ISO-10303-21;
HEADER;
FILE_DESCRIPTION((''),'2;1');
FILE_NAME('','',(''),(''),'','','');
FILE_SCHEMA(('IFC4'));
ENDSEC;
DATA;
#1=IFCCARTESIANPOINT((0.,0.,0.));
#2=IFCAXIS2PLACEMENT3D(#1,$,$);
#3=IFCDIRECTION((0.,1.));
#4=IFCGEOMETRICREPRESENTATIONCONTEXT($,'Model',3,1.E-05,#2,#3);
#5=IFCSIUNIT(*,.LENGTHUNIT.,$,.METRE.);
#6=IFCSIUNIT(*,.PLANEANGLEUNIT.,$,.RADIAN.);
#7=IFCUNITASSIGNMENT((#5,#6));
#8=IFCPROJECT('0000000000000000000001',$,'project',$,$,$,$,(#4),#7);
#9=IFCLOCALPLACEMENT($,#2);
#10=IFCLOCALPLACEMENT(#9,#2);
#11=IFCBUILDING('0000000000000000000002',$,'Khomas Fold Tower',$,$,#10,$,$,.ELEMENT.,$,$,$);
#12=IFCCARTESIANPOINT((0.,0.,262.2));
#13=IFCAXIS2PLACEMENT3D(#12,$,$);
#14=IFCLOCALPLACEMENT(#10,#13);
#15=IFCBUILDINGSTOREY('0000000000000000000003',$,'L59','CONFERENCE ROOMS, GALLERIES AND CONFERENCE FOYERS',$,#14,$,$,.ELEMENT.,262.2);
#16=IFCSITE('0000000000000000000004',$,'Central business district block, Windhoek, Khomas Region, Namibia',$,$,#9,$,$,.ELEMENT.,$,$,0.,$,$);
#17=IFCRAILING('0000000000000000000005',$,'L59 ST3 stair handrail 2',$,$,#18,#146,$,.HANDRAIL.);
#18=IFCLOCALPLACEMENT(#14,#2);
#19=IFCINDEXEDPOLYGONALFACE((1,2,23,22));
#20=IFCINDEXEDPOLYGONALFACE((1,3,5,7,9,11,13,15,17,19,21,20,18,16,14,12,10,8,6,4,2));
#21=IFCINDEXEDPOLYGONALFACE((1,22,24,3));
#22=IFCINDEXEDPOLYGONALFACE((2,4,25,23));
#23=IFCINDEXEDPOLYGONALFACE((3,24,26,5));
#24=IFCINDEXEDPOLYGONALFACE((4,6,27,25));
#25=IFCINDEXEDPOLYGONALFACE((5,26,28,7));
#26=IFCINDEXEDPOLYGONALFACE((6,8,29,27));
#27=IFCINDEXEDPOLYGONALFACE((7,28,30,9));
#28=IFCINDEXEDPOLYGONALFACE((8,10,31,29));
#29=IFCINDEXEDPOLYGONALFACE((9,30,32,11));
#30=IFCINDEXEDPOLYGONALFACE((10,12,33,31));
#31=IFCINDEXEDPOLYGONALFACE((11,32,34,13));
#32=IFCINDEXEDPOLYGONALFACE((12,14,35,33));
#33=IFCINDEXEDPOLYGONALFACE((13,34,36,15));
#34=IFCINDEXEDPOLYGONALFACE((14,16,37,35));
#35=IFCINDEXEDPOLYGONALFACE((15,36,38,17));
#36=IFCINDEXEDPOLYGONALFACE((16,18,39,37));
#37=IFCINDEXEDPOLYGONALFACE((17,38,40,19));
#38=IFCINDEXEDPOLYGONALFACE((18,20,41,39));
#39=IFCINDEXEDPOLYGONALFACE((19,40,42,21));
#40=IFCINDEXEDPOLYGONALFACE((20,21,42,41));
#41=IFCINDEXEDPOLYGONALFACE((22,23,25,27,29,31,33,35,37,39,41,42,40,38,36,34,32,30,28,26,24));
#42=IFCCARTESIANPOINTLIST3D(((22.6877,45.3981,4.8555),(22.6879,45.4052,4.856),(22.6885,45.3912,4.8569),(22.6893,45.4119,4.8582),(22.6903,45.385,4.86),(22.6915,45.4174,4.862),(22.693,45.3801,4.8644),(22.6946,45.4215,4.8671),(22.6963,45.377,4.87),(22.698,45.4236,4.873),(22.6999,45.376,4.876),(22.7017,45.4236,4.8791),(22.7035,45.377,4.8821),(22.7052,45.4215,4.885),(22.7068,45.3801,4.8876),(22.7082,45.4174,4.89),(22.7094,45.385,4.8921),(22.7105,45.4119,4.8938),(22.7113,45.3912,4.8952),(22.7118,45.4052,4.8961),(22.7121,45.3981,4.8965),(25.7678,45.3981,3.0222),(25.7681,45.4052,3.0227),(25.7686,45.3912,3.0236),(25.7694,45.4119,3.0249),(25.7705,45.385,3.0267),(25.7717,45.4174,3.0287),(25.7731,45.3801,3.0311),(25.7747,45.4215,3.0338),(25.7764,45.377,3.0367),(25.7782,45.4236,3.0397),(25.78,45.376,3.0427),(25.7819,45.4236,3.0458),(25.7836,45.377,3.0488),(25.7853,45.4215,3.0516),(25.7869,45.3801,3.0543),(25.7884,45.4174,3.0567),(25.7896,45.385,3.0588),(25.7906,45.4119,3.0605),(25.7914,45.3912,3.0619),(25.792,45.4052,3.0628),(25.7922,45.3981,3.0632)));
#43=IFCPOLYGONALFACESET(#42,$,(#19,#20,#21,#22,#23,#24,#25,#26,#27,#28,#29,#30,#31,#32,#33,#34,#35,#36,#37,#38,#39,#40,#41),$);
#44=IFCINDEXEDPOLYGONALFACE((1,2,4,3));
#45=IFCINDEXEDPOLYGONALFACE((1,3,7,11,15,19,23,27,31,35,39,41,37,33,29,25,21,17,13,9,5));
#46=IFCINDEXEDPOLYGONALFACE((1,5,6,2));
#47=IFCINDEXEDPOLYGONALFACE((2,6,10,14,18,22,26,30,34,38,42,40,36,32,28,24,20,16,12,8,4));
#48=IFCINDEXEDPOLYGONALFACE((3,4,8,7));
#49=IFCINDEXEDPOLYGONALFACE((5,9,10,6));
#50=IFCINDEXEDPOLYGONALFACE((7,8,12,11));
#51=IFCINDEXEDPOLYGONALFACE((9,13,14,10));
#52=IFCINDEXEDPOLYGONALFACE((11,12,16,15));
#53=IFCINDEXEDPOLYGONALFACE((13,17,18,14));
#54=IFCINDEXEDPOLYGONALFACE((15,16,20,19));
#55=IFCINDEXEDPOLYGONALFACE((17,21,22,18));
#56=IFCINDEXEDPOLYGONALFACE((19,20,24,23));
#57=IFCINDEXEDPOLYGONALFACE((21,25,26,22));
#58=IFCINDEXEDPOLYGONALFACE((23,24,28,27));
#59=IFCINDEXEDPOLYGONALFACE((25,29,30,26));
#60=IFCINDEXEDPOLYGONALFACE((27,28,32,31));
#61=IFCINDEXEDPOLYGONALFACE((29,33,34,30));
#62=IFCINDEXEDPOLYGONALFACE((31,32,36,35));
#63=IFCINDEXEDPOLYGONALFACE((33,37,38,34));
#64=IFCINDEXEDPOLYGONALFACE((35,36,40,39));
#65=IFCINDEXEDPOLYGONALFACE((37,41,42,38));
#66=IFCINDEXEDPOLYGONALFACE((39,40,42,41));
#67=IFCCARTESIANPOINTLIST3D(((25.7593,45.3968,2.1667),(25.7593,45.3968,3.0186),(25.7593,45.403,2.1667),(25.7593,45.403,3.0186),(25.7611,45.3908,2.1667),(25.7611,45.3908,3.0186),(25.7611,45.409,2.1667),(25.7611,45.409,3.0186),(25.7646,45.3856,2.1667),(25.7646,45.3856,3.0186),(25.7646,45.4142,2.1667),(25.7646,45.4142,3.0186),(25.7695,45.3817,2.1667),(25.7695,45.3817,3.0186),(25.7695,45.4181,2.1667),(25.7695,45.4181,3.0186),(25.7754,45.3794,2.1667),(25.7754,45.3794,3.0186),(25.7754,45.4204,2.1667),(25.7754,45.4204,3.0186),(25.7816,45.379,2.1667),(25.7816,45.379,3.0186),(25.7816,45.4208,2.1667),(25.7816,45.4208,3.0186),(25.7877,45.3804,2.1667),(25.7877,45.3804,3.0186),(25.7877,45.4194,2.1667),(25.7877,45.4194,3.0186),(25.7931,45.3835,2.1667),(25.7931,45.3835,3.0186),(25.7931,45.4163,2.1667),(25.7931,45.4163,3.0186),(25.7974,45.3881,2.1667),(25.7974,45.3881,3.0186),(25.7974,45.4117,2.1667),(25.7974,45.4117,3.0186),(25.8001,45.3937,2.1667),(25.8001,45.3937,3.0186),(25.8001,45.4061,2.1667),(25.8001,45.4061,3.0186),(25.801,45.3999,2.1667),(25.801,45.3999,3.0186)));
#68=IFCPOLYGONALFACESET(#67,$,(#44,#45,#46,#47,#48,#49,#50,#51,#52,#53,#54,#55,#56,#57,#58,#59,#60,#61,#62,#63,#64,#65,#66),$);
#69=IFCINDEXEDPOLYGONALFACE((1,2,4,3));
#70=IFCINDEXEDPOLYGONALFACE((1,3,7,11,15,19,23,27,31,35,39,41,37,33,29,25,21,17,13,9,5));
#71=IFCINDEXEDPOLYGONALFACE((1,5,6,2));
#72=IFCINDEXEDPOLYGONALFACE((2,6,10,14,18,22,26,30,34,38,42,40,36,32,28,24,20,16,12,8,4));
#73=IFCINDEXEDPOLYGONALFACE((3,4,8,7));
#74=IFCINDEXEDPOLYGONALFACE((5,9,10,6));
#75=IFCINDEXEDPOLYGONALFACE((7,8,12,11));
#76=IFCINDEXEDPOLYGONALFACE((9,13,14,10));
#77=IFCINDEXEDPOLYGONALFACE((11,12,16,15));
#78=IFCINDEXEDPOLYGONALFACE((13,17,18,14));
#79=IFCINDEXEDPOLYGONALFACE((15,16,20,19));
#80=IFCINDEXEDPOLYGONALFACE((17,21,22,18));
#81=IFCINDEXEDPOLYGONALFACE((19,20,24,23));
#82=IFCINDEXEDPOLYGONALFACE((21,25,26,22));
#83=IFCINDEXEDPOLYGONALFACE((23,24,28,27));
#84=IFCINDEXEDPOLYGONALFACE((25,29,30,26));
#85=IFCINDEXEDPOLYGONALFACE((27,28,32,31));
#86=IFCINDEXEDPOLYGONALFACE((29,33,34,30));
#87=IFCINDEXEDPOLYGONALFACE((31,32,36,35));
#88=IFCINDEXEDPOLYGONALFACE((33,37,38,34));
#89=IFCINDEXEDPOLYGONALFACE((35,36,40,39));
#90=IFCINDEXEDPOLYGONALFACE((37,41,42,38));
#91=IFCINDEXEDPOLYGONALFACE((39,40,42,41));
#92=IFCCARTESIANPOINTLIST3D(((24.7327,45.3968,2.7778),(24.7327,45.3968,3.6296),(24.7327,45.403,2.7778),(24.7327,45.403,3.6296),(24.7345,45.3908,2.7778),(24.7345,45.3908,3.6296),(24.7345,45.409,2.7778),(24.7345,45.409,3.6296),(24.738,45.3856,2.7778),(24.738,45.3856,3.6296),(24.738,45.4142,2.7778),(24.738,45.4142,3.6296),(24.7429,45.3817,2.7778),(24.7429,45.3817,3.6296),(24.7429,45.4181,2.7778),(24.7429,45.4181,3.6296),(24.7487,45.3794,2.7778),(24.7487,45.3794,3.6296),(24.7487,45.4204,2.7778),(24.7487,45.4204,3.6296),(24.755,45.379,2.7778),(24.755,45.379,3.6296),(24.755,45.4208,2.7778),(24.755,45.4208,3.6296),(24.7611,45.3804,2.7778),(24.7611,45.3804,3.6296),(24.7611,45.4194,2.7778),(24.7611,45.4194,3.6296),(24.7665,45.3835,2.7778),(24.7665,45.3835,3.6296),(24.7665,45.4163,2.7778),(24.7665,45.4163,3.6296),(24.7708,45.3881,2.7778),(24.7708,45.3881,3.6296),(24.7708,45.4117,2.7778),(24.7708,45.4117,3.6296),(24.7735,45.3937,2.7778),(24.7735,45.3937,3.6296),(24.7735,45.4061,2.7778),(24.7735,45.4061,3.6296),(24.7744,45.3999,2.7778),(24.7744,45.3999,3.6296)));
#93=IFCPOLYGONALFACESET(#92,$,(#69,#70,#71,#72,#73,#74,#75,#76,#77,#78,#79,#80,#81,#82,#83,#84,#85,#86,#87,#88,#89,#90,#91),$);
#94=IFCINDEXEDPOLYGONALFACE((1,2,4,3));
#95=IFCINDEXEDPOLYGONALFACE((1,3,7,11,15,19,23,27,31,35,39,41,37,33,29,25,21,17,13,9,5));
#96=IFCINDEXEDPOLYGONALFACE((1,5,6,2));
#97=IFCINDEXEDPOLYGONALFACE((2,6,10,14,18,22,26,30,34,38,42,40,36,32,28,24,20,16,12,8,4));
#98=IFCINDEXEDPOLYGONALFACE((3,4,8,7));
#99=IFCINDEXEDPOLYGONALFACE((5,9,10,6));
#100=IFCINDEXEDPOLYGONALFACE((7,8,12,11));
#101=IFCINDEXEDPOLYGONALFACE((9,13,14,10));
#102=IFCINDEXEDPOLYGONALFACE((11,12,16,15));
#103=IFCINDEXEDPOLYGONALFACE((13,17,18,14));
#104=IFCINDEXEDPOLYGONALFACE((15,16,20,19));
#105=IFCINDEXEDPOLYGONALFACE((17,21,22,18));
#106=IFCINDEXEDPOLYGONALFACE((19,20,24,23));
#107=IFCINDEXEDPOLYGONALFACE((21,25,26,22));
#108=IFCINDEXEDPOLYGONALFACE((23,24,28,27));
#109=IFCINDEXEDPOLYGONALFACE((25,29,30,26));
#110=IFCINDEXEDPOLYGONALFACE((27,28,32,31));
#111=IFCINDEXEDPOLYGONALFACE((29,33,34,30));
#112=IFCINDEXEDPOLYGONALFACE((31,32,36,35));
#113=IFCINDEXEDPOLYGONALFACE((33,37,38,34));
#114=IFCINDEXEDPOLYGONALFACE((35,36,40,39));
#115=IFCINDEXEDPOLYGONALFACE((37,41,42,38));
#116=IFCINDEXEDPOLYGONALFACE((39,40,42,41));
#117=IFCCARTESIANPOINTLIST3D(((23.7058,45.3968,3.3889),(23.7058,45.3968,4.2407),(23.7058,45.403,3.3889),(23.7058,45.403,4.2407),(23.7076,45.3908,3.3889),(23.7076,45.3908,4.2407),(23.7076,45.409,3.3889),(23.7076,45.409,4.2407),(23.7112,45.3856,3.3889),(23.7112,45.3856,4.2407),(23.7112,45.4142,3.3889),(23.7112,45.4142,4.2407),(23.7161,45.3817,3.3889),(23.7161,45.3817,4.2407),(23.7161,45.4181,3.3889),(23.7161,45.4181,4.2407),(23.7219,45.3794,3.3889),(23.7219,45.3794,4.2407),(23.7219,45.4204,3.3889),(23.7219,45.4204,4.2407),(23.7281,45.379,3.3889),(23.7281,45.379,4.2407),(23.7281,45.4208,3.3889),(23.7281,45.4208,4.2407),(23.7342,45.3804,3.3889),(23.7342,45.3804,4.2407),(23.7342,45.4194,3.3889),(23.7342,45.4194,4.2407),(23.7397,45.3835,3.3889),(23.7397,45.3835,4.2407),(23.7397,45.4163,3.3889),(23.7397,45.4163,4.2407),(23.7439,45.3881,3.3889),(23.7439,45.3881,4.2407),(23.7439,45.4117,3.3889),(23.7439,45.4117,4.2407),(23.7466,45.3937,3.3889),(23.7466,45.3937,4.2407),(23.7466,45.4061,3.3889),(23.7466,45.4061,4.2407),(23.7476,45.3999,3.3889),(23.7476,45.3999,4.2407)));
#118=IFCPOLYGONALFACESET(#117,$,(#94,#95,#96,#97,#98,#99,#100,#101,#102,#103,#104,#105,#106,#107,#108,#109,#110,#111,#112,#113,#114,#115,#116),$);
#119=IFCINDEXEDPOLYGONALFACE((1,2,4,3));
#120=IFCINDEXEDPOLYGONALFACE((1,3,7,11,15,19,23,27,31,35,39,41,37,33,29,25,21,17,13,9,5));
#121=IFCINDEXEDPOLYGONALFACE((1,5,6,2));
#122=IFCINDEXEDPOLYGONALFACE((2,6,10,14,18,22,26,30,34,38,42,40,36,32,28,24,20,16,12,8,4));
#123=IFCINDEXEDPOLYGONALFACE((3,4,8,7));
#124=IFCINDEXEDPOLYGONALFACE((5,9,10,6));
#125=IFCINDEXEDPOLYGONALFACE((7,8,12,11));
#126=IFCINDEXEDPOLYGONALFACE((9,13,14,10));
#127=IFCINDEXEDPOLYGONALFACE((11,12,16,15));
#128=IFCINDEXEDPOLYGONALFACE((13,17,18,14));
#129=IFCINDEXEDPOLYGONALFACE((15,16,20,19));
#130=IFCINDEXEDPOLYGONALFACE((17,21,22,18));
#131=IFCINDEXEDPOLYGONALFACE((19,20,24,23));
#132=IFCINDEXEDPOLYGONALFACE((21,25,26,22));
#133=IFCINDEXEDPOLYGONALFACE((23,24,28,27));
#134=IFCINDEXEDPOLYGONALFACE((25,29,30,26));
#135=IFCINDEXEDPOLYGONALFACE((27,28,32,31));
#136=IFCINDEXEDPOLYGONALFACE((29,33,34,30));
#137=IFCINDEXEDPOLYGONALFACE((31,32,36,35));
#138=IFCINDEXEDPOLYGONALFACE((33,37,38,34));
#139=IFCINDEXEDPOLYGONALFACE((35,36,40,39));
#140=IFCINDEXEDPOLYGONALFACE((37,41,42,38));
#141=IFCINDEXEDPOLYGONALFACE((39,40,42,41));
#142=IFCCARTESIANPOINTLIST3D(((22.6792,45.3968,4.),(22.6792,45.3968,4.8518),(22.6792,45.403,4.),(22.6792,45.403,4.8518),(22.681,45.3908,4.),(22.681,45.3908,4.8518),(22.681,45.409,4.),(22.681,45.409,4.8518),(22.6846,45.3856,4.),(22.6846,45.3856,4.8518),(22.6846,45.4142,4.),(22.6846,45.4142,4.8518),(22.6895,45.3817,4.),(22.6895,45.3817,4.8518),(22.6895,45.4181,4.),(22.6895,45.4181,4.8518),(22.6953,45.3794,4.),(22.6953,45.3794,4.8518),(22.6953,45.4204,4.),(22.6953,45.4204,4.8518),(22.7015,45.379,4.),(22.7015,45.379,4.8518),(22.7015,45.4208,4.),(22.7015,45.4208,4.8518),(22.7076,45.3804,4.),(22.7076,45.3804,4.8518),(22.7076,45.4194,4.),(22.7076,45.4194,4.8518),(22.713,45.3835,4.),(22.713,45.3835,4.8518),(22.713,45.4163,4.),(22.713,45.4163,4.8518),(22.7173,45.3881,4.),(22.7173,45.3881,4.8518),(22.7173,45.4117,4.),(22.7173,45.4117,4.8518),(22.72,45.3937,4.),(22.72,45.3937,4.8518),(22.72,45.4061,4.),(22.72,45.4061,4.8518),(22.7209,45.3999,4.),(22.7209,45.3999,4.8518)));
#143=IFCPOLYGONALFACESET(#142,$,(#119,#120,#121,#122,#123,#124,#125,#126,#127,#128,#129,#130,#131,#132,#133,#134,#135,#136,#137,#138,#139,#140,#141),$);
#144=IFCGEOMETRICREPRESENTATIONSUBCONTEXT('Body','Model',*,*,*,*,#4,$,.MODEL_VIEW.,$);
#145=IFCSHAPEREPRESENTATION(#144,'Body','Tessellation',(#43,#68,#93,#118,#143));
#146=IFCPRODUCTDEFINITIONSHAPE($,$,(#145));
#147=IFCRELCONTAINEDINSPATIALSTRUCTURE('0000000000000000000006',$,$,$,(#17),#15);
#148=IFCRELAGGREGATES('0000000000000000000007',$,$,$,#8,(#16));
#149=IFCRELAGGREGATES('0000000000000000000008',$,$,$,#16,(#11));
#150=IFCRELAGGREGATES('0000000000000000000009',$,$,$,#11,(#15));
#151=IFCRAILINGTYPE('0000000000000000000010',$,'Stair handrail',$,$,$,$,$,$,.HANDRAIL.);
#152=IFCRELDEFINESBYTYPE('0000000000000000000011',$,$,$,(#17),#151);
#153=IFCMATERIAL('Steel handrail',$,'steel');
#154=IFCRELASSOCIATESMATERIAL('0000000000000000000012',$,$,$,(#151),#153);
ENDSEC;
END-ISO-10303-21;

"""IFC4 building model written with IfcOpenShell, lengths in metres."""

from ifc_helpers import new_model, si_unit, direction, frame, origin, origin_2d, place, context, subcontext, project, spatial, circle, extrude, source, transform, mapped, material, type_object, element, save


model = new_model("IFC4")

# Units and contexts
model_context = context("Model", 3, precision=1e-05, world=origin(), true_north=direction((0.0, 1.0)))
body_context = subcontext(model_context, "Body", "Model", "MODEL_VIEW")
ifc_project = project(units=[si_unit("LENGTHUNIT", "METRE"), si_unit("PLANEANGLEUNIT", "RADIAN")], contexts=[model_context])

# Site, building, storey
site_placement = place(None, origin())
site = spatial("IfcSite", under=ifc_project, at=site_placement, Name="Central business district block, Windhoek, Khomas Region, Namibia", CompositionType="ELEMENT", RefElevation=0.0)
building_placement = place(site_placement, origin())
building = spatial("IfcBuilding", under=site, at=building_placement, Name="Khomas Fold Tower", CompositionType="ELEMENT")
storey_placement = place(building_placement, frame((0.0, 0.0, 262.2)))
storey = spatial("IfcBuildingStorey", under=building, at=storey_placement, Name="L59", Description="CONFERENCE ROOMS, GALLERIES AND CONFERENCE FOYERS", CompositionType="ELEMENT", Elevation=262.2)

# Railing
ifc_material_1 = material(Name="Steel handrail", Category="steel")
railing_type_1 = type_object("IfcRailingType", Name="Stair handrail", PredefinedType="HANDRAIL", material=ifc_material_1)
shared_shape_1 = source(origin(), body_context, "Body", "SweptSolid", [
    extrude(circle(Radius=0.0239, at=origin_2d()), frame((0.0, 0.0, 0.876), z_axis=(-0.859309, 0.0, 0.511458), x_axis=(0.0, -1.0, 0.0)), (0.0, 0.0, 1.0), 3.5845),
    extrude(circle(Radius=0.021, at=origin_2d()), origin(), (0.0, 0.0, 1.0), 0.8518),
    extrude(circle(Radius=0.021, at=origin_2d()), frame((-1.0266, 0.0, 0.6111)), (0.0, 0.0, 1.0), 0.8518),
    extrude(circle(Radius=0.021, at=origin_2d()), frame((-2.0535, 0.0, 1.2222)), (0.0, 0.0, 1.0), 0.8518),
    extrude(circle(Radius=0.021, at=origin_2d()), frame((-3.0801, 0.0, 1.8333)), (0.0, 0.0, 1.0), 0.8518),
])
railing_1_placement = place(storey_placement, frame((25.78, 45.3999, 2.1667)))
element("IfcRailing", 1, at=railing_1_placement, inside=storey, type_object=railing_type_1, Name="L59 ST3 stair handrail 2", PredefinedType="HANDRAIL", context=body_context, shape_type="MappedRepresentation", body=[
    mapped(shared_shape_1, transform((0.0, 0.0, 0.0))),
])

save(model, "model.ifc")
